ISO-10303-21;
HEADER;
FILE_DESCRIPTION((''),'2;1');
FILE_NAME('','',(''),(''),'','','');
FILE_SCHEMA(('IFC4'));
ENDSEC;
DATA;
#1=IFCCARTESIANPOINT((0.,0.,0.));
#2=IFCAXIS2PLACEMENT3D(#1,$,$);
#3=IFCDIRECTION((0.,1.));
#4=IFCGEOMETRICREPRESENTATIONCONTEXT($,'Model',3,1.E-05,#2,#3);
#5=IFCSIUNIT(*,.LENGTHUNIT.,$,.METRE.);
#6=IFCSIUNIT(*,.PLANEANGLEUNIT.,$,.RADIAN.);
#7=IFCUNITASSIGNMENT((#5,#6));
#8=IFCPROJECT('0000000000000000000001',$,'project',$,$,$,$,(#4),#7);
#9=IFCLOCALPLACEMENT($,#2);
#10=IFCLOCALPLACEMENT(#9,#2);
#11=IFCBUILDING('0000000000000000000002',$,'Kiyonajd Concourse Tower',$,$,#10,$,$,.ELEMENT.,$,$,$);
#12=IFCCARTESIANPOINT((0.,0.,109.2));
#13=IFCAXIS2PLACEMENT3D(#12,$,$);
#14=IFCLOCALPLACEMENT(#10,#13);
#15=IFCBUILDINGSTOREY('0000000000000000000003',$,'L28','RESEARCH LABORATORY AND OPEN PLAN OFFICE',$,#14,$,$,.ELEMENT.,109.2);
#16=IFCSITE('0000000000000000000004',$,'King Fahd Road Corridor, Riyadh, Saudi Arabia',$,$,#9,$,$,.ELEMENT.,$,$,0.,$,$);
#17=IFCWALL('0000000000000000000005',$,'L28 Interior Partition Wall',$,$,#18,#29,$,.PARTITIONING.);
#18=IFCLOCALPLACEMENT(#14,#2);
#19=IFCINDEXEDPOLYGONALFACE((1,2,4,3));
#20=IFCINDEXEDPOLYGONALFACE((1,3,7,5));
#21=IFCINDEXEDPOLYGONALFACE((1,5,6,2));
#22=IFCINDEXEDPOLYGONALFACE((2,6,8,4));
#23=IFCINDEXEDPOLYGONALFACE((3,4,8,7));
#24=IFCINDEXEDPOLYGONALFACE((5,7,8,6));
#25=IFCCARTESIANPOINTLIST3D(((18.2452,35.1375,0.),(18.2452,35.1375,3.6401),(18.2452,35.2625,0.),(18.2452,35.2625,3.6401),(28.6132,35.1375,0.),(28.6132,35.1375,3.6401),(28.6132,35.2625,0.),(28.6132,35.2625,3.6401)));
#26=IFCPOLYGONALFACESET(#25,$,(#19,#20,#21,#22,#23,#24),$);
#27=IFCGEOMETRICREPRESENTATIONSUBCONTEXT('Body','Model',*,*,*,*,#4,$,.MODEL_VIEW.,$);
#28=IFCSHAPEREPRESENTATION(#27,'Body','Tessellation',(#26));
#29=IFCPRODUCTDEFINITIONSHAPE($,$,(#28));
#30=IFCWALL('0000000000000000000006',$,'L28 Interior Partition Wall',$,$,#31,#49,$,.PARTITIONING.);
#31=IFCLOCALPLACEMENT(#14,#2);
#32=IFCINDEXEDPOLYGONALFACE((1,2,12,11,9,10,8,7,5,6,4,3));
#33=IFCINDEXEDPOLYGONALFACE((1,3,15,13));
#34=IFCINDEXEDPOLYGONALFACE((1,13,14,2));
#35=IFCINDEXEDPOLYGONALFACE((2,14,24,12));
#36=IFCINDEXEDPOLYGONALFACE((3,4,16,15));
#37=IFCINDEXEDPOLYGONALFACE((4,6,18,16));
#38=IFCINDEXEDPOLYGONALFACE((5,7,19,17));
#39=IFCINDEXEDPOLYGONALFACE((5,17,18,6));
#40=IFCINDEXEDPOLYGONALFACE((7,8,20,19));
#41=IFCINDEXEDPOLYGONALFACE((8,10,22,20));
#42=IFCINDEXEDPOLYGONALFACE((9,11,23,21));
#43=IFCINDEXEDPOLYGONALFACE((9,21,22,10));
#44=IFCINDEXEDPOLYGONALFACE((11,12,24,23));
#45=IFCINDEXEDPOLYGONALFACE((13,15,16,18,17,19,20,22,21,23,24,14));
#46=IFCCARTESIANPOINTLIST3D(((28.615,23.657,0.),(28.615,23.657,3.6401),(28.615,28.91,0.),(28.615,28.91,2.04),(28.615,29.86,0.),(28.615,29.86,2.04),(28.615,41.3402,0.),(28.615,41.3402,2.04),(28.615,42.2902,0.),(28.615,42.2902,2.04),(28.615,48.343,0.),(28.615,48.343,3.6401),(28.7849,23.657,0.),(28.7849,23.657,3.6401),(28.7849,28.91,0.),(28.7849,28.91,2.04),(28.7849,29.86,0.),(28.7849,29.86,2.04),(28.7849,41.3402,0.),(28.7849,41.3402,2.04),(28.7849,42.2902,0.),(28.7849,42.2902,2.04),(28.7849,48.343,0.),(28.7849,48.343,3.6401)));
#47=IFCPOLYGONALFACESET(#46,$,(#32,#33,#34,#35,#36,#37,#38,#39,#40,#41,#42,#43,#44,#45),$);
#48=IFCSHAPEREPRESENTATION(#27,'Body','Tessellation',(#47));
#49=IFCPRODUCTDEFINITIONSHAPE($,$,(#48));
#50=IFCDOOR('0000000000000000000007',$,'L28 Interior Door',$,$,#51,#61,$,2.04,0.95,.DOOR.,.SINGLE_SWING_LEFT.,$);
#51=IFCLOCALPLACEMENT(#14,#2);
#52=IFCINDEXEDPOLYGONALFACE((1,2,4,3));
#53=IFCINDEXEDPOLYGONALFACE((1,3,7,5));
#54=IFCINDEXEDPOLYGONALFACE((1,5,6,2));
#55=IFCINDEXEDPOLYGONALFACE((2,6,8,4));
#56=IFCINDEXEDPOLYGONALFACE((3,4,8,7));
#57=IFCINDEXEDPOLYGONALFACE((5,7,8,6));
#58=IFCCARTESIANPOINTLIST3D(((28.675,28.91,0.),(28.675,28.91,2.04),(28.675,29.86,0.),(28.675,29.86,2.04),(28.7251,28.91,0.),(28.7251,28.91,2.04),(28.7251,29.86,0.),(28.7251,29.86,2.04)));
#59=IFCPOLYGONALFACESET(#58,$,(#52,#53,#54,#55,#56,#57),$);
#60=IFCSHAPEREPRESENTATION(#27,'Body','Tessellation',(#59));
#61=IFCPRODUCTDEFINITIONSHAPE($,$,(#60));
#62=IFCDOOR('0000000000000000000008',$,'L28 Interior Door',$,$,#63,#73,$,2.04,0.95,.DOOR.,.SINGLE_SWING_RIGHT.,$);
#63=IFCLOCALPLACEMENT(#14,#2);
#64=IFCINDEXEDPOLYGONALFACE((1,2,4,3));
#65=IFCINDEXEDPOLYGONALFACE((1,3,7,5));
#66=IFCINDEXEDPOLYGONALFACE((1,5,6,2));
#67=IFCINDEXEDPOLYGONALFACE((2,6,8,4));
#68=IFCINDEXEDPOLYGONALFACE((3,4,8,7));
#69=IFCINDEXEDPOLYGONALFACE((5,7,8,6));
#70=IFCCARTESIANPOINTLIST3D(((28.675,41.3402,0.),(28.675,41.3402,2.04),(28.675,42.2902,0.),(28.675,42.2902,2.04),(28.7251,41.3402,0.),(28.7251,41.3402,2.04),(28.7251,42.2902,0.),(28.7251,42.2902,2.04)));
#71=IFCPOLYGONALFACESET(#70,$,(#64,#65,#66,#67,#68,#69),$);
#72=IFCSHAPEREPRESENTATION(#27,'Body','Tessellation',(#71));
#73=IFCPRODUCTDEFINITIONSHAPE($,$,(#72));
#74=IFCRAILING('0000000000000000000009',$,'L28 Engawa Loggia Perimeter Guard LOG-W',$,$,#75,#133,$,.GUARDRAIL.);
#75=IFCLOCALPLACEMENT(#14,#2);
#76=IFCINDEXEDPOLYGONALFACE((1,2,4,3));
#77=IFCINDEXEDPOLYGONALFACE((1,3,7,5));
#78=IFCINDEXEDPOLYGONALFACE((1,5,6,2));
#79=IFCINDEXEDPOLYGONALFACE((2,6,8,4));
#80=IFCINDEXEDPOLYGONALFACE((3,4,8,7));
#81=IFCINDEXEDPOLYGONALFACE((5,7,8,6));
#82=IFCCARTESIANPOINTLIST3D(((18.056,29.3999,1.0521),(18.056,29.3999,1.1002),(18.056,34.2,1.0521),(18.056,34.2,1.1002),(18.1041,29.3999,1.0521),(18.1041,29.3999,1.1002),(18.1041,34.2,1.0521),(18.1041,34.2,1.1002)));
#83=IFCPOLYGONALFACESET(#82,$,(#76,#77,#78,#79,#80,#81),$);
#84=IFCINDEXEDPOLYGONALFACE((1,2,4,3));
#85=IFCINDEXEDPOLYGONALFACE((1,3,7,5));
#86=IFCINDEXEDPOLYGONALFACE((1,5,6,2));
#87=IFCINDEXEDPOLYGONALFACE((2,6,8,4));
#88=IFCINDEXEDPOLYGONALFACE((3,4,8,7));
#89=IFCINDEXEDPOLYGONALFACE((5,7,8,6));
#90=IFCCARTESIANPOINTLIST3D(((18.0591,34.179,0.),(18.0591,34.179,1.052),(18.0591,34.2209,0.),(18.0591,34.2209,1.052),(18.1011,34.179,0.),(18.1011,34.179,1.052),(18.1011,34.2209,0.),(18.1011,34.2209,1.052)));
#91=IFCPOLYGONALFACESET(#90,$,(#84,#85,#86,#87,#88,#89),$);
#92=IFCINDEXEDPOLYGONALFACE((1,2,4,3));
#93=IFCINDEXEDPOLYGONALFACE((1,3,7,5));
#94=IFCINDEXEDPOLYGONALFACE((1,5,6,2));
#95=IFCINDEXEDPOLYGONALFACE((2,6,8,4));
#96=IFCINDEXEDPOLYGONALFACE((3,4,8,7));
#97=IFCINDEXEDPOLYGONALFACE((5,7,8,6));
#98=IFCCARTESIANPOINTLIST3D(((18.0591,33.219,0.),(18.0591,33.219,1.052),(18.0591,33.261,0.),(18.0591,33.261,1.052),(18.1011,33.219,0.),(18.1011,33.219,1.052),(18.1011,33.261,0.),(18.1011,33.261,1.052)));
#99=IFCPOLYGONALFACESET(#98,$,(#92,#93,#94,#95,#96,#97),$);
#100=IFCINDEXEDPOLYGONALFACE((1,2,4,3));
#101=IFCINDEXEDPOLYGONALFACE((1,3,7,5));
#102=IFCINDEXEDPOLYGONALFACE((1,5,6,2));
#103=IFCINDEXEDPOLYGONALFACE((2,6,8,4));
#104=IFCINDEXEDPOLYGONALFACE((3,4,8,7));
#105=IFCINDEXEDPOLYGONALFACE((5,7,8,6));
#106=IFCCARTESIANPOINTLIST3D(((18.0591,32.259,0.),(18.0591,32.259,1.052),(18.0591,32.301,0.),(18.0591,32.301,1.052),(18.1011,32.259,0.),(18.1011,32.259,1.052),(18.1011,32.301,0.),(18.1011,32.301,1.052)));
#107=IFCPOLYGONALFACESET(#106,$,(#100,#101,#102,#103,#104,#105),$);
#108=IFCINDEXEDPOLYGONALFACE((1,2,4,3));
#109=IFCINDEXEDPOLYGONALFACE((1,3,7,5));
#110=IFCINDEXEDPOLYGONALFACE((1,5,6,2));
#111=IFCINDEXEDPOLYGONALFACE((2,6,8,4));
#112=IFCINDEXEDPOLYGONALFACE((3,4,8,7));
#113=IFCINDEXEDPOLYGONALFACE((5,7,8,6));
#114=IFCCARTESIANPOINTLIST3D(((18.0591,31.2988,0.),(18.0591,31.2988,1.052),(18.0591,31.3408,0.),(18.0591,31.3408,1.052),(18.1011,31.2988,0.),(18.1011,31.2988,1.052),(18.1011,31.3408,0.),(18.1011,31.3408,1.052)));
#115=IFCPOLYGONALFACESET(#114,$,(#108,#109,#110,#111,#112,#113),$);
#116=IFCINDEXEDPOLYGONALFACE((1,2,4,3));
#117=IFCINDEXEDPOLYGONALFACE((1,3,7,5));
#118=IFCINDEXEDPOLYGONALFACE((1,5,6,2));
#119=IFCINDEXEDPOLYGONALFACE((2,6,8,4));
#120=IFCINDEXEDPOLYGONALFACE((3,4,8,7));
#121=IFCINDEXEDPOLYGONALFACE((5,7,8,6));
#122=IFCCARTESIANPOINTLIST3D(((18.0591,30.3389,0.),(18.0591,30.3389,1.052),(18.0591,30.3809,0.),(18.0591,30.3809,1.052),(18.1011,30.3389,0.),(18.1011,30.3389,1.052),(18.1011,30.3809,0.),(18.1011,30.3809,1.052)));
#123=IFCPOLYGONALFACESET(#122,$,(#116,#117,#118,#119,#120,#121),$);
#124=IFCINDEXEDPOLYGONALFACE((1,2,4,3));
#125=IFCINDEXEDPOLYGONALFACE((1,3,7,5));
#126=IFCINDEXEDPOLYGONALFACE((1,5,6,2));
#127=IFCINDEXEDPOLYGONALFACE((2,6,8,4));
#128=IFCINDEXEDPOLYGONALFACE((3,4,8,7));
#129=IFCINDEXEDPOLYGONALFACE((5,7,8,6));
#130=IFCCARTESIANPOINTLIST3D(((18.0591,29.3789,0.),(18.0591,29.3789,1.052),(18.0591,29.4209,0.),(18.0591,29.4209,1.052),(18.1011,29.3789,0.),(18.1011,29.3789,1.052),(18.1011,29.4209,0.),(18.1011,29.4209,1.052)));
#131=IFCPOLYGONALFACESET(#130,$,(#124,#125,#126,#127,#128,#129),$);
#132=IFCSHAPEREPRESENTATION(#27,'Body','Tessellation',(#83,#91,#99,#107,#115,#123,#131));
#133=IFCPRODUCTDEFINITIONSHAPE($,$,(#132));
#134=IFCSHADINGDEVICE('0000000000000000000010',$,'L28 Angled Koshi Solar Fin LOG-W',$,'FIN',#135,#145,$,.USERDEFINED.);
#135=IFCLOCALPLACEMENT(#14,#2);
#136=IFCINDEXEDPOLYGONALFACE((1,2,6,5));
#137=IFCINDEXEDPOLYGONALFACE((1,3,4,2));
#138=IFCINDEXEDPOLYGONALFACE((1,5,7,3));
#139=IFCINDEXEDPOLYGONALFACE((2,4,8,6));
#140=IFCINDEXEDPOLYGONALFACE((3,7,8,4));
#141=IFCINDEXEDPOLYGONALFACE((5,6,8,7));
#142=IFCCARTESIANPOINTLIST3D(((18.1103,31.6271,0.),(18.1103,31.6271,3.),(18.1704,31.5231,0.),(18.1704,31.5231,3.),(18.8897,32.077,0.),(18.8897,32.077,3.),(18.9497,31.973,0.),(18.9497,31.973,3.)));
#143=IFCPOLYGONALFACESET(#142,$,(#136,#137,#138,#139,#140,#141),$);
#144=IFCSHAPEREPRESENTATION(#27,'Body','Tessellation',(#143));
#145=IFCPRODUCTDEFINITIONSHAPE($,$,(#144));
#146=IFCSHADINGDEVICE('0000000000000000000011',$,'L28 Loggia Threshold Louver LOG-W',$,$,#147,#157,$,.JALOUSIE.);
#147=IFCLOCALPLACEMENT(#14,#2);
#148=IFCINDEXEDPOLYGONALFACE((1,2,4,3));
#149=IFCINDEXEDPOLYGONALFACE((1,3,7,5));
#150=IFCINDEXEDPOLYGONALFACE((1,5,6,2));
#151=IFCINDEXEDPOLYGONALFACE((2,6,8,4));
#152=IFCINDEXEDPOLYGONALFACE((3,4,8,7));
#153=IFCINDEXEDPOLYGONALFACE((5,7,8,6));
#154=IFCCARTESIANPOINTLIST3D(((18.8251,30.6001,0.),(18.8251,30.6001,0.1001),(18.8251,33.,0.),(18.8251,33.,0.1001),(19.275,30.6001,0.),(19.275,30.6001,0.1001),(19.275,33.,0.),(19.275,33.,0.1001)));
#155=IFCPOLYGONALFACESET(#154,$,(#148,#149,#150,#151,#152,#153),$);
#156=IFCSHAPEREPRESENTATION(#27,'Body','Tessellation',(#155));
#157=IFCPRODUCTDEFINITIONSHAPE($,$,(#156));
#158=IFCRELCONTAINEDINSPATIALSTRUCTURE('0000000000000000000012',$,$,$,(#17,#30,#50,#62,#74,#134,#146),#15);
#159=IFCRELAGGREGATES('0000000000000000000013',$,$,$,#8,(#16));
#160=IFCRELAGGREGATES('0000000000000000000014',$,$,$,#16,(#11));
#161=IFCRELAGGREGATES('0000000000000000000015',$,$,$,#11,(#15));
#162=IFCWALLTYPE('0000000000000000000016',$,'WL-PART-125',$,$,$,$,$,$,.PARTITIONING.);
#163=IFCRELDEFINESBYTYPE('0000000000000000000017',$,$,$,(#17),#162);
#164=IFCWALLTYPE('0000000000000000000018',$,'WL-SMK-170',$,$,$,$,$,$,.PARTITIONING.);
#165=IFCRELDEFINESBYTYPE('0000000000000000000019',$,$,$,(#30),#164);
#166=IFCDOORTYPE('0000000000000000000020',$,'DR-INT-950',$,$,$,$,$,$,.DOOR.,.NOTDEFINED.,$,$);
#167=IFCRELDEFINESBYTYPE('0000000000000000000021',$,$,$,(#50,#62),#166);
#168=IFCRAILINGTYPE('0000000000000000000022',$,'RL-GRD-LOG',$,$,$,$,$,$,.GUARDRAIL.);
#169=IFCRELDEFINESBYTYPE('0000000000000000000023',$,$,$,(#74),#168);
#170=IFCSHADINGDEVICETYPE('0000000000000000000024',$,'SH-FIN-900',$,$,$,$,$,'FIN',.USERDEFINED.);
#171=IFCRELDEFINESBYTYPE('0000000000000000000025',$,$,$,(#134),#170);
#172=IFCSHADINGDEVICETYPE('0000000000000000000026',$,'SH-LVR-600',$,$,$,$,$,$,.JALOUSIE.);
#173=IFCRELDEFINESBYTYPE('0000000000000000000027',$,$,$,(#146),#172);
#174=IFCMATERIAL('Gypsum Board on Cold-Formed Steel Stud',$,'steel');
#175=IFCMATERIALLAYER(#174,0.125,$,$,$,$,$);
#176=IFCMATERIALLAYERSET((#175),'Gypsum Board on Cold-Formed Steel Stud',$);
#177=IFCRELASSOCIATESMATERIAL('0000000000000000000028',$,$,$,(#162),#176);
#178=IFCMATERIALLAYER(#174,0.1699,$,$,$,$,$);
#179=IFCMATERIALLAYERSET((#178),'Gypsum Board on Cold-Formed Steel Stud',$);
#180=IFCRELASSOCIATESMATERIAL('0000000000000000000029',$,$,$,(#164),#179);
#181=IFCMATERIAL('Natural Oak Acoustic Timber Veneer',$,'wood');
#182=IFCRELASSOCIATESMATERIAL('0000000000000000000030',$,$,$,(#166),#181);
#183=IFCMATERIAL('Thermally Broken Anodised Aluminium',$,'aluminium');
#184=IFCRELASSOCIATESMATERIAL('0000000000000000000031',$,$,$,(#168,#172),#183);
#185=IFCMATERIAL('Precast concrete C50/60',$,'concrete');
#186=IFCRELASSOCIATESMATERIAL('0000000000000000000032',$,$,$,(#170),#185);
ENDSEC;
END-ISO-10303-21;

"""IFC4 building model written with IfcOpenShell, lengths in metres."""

from ifc_helpers import new_model, si_unit, direction, frame, frame_2d, origin, origin_2d, place, context, subcontext, project, spatial, rectangle, extrude, material, layer, layer_set, type_object, element, fill, save


model = new_model("IFC4")

# Units and contexts
model_context = context("Model", 3, precision=1e-05, world=origin(), true_north=direction((0.0, 1.0)))
body_context = subcontext(model_context, "Body", "Model", "MODEL_VIEW")
ifc_project = project(units=[si_unit("LENGTHUNIT", "METRE"), si_unit("PLANEANGLEUNIT", "RADIAN")], contexts=[model_context])

# Site, building, storey
site_placement = place(None, origin())
site = spatial("IfcSite", under=ifc_project, at=site_placement, Name="King Fahd Road Corridor, Riyadh, Saudi Arabia", CompositionType="ELEMENT", RefElevation=0.0)
building_placement = place(site_placement, origin())
building = spatial("IfcBuilding", under=site, at=building_placement, Name="Kiyonajd Concourse Tower", CompositionType="ELEMENT")
storey_placement = place(building_placement, frame((0.0, 0.0, 109.2)))
storey = spatial("IfcBuildingStorey", under=building, at=storey_placement, Name="L28", Description="RESEARCH LABORATORY AND OPEN PLAN OFFICE", CompositionType="ELEMENT", Elevation=109.2)

# Shared definitions
ifc_material_1 = material(Name="Precast concrete C50/60", Category="concrete")

# Shared definitions
ifc_material_2 = material(Name="Thermally Broken Anodised Aluminium", Category="aluminium")

# Wall
ifc_material_3 = material(Name="Gypsum Board on Cold-Formed Steel Stud", Category="steel")
ifc_layer_1 = layer(ifc_material_3, 0.125)
ifc_layer_set_1 = layer_set([ifc_layer_1], Name="Gypsum Board on Cold-Formed Steel Stud")
wall_type_1 = type_object("IfcWallType", Name="WL-PART-125", PredefinedType="PARTITIONING", material=ifc_layer_set_1)
wall_1_placement = place(storey_placement, frame((18.2451, 35.2, 0.0), z_axis=(0.0, 0.0, 1.0), x_axis=(1.0, 0.0, 0.0)))
element("IfcWall", 1, at=wall_1_placement, inside=storey, type_object=wall_type_1, Name="L28 Interior Partition Wall", PredefinedType="PARTITIONING", context=body_context, shape_type="SweptSolid", body=[
    extrude(rectangle(XDim=10.3679, YDim=0.125, at=frame_2d((5.1841, 0.0))), origin(), (0.0, 0.0, 1.0), 3.6401),
])

# Wall, openings, doors
ifc_layer_2 = layer(ifc_material_3, 0.1699)
ifc_layer_set_2 = layer_set([ifc_layer_2], Name="Gypsum Board on Cold-Formed Steel Stud")
wall_type_2 = type_object("IfcWallType", Name="WL-SMK-170", PredefinedType="PARTITIONING", material=ifc_layer_set_2)
wall_2_placement = place(storey_placement, frame((28.7, 23.657, 0.0), z_axis=(0.0, 0.0, 1.0), x_axis=(0.0, 1.0, 0.0)))
wall_2 = element("IfcWall", 2, at=wall_2_placement, inside=storey, type_object=wall_type_2, Name="L28 Interior Partition Wall", PredefinedType="PARTITIONING", context=body_context, shape_type="SweptSolid", body=[
    extrude(rectangle(XDim=24.686, YDim=0.1699, at=frame_2d((12.343, 0.0))), origin(), (0.0, 0.0, 1.0), 3.6401),
])
opening_1_placement = place(wall_2_placement, frame((5.2529, 0.0, 0.0)))
opening_1 = element("IfcOpeningElement", 3, at=opening_1_placement, cuts=wall_2, PredefinedType="OPENING", context=body_context, shape_type="SweptSolid", body=[
    extrude(rectangle(XDim=0.95, YDim=2.04, at=frame_2d((0.4751, 1.02))), frame((0.0, 0.095, 0.0), z_axis=(0.0, -1.0, 0.0), x_axis=(1.0, 0.0, 0.0)), (0.0, 0.0, 1.0), 0.1899),
])
opening_2_placement = place(wall_2_placement, frame((17.6831, 0.0, 0.0)))
opening_2 = element("IfcOpeningElement", 4, at=opening_2_placement, cuts=wall_2, PredefinedType="OPENING", context=body_context, shape_type="SweptSolid", body=[
    extrude(rectangle(XDim=0.95, YDim=2.04, at=frame_2d((0.4751, 1.02))), frame((0.0, 0.095, 0.0), z_axis=(0.0, -1.0, 0.0), x_axis=(1.0, 0.0, 0.0)), (0.0, 0.0, 1.0), 0.1899),
])
ifc_material_4 = material(Name="Natural Oak Acoustic Timber Veneer", Category="wood")
door_type_1 = type_object("IfcDoorType", Name="DR-INT-950", OperationType="NOTDEFINED", PredefinedType="DOOR", material=ifc_material_4)
door_1_placement = place(opening_1_placement, origin())
door_1 = element("IfcDoor", 5, at=door_1_placement, inside=storey, type_object=door_type_1, Name="L28 Interior Door", OperationType="SINGLE_SWING_LEFT", OverallHeight=2.04, OverallWidth=0.95, PredefinedType="DOOR", context=body_context, shape_type="SweptSolid", body=[
    extrude(rectangle(XDim=0.95, YDim=2.04, at=frame_2d((0.4751, 1.02))), frame((0.0, 0.0249, 0.0), z_axis=(0.0, -1.0, 0.0), x_axis=(1.0, 0.0, 0.0)), (0.0, 0.0, 1.0), 0.05),
])
fill(opening_1, door_1)
door_2_placement = place(opening_2_placement, origin())
door_2 = element("IfcDoor", 6, at=door_2_placement, inside=storey, type_object=door_type_1, Name="L28 Interior Door", OperationType="SINGLE_SWING_RIGHT", OverallHeight=2.04, OverallWidth=0.95, PredefinedType="DOOR", context=body_context, shape_type="SweptSolid", body=[
    extrude(rectangle(XDim=0.95, YDim=2.04, at=frame_2d((0.4751, 1.02))), frame((0.0, 0.0249, 0.0), z_axis=(0.0, -1.0, 0.0), x_axis=(1.0, 0.0, 0.0)), (0.0, 0.0, 1.0), 0.05),
])
fill(opening_2, door_2)

# Railing
railing_type = type_object("IfcRailingType", Name="RL-GRD-LOG", PredefinedType="GUARDRAIL", material=ifc_material_2)
railing_placement = place(storey_placement, frame((18.0801, 34.2, 0.0)))
element("IfcRailing", 7, at=railing_placement, inside=storey, type_object=railing_type, Name="L28 Engawa Loggia Perimeter Guard LOG-W", PredefinedType="GUARDRAIL", context=body_context, shape_type="SweptSolid", body=[
    extrude(rectangle(XDim=0.0481, YDim=0.0481, at=origin_2d()), frame((0.0, 0.0, 1.0762), z_axis=(0.0, -1.0, 0.0), x_axis=(1.0, 0.0, 0.0)), (0.0, 0.0, 1.0), 4.8),
    extrude(rectangle(XDim=0.042, YDim=0.042, at=origin_2d()), origin(), (0.0, 0.0, 1.0), 1.052),
    extrude(rectangle(XDim=0.042, YDim=0.042, at=origin_2d()), frame((0.0, -0.96, 0.0)), (0.0, 0.0, 1.0), 1.052),
    extrude(rectangle(XDim=0.042, YDim=0.042, at=origin_2d()), frame((0.0, -1.9199, 0.0)), (0.0, 0.0, 1.0), 1.052),
    extrude(rectangle(XDim=0.042, YDim=0.042, at=origin_2d()), frame((0.0, -2.8801, 0.0)), (0.0, 0.0, 1.0), 1.052),
    extrude(rectangle(XDim=0.042, YDim=0.042, at=origin_2d()), frame((0.0, -3.8401, 0.0)), (0.0, 0.0, 1.0), 1.052),
    extrude(rectangle(XDim=0.042, YDim=0.042, at=origin_2d()), frame((0.0, -4.8, 0.0)), (0.0, 0.0, 1.0), 1.052),
])

# Shading devices
shading_device_type_1 = type_object("IfcShadingDeviceType", Name="SH-FIN-900", ElementType="FIN", PredefinedType="USERDEFINED", material=ifc_material_1)
shading_device_1_placement = place(storey_placement, frame((18.53, 31.8, 0.0), z_axis=(0.0, 0.0, 1.0), x_axis=(0.866025, 0.5, 0.0)))
element("IfcShadingDevice", 8, at=shading_device_1_placement, inside=storey, type_object=shading_device_type_1, Name="L28 Angled Koshi Solar Fin LOG-W", ObjectType="FIN", PredefinedType="USERDEFINED", context=body_context, shape_type="SweptSolid", body=[
    extrude(rectangle(XDim=0.8999, YDim=0.1201, at=origin_2d()), origin(), (0.0, 0.0, 1.0), 3.0),
])
shading_device_type_2 = type_object("IfcShadingDeviceType", Name="SH-LVR-600", PredefinedType="JALOUSIE", material=ifc_material_2)
shading_device_2_placement = place(storey_placement, frame((19.05, 31.8, 0.0), z_axis=(0.0, 0.0, 1.0), x_axis=(0.0, 1.0, 0.0)))
element("IfcShadingDevice", 9, at=shading_device_2_placement, inside=storey, type_object=shading_device_type_2, Name="L28 Loggia Threshold Louver LOG-W", PredefinedType="JALOUSIE", context=body_context, shape_type="SweptSolid", body=[
    extrude(rectangle(XDim=2.3999, YDim=0.45, at=origin_2d()), origin(), (0.0, 0.0, 1.0), 0.1001),
])

save(model, "model.ifc")
